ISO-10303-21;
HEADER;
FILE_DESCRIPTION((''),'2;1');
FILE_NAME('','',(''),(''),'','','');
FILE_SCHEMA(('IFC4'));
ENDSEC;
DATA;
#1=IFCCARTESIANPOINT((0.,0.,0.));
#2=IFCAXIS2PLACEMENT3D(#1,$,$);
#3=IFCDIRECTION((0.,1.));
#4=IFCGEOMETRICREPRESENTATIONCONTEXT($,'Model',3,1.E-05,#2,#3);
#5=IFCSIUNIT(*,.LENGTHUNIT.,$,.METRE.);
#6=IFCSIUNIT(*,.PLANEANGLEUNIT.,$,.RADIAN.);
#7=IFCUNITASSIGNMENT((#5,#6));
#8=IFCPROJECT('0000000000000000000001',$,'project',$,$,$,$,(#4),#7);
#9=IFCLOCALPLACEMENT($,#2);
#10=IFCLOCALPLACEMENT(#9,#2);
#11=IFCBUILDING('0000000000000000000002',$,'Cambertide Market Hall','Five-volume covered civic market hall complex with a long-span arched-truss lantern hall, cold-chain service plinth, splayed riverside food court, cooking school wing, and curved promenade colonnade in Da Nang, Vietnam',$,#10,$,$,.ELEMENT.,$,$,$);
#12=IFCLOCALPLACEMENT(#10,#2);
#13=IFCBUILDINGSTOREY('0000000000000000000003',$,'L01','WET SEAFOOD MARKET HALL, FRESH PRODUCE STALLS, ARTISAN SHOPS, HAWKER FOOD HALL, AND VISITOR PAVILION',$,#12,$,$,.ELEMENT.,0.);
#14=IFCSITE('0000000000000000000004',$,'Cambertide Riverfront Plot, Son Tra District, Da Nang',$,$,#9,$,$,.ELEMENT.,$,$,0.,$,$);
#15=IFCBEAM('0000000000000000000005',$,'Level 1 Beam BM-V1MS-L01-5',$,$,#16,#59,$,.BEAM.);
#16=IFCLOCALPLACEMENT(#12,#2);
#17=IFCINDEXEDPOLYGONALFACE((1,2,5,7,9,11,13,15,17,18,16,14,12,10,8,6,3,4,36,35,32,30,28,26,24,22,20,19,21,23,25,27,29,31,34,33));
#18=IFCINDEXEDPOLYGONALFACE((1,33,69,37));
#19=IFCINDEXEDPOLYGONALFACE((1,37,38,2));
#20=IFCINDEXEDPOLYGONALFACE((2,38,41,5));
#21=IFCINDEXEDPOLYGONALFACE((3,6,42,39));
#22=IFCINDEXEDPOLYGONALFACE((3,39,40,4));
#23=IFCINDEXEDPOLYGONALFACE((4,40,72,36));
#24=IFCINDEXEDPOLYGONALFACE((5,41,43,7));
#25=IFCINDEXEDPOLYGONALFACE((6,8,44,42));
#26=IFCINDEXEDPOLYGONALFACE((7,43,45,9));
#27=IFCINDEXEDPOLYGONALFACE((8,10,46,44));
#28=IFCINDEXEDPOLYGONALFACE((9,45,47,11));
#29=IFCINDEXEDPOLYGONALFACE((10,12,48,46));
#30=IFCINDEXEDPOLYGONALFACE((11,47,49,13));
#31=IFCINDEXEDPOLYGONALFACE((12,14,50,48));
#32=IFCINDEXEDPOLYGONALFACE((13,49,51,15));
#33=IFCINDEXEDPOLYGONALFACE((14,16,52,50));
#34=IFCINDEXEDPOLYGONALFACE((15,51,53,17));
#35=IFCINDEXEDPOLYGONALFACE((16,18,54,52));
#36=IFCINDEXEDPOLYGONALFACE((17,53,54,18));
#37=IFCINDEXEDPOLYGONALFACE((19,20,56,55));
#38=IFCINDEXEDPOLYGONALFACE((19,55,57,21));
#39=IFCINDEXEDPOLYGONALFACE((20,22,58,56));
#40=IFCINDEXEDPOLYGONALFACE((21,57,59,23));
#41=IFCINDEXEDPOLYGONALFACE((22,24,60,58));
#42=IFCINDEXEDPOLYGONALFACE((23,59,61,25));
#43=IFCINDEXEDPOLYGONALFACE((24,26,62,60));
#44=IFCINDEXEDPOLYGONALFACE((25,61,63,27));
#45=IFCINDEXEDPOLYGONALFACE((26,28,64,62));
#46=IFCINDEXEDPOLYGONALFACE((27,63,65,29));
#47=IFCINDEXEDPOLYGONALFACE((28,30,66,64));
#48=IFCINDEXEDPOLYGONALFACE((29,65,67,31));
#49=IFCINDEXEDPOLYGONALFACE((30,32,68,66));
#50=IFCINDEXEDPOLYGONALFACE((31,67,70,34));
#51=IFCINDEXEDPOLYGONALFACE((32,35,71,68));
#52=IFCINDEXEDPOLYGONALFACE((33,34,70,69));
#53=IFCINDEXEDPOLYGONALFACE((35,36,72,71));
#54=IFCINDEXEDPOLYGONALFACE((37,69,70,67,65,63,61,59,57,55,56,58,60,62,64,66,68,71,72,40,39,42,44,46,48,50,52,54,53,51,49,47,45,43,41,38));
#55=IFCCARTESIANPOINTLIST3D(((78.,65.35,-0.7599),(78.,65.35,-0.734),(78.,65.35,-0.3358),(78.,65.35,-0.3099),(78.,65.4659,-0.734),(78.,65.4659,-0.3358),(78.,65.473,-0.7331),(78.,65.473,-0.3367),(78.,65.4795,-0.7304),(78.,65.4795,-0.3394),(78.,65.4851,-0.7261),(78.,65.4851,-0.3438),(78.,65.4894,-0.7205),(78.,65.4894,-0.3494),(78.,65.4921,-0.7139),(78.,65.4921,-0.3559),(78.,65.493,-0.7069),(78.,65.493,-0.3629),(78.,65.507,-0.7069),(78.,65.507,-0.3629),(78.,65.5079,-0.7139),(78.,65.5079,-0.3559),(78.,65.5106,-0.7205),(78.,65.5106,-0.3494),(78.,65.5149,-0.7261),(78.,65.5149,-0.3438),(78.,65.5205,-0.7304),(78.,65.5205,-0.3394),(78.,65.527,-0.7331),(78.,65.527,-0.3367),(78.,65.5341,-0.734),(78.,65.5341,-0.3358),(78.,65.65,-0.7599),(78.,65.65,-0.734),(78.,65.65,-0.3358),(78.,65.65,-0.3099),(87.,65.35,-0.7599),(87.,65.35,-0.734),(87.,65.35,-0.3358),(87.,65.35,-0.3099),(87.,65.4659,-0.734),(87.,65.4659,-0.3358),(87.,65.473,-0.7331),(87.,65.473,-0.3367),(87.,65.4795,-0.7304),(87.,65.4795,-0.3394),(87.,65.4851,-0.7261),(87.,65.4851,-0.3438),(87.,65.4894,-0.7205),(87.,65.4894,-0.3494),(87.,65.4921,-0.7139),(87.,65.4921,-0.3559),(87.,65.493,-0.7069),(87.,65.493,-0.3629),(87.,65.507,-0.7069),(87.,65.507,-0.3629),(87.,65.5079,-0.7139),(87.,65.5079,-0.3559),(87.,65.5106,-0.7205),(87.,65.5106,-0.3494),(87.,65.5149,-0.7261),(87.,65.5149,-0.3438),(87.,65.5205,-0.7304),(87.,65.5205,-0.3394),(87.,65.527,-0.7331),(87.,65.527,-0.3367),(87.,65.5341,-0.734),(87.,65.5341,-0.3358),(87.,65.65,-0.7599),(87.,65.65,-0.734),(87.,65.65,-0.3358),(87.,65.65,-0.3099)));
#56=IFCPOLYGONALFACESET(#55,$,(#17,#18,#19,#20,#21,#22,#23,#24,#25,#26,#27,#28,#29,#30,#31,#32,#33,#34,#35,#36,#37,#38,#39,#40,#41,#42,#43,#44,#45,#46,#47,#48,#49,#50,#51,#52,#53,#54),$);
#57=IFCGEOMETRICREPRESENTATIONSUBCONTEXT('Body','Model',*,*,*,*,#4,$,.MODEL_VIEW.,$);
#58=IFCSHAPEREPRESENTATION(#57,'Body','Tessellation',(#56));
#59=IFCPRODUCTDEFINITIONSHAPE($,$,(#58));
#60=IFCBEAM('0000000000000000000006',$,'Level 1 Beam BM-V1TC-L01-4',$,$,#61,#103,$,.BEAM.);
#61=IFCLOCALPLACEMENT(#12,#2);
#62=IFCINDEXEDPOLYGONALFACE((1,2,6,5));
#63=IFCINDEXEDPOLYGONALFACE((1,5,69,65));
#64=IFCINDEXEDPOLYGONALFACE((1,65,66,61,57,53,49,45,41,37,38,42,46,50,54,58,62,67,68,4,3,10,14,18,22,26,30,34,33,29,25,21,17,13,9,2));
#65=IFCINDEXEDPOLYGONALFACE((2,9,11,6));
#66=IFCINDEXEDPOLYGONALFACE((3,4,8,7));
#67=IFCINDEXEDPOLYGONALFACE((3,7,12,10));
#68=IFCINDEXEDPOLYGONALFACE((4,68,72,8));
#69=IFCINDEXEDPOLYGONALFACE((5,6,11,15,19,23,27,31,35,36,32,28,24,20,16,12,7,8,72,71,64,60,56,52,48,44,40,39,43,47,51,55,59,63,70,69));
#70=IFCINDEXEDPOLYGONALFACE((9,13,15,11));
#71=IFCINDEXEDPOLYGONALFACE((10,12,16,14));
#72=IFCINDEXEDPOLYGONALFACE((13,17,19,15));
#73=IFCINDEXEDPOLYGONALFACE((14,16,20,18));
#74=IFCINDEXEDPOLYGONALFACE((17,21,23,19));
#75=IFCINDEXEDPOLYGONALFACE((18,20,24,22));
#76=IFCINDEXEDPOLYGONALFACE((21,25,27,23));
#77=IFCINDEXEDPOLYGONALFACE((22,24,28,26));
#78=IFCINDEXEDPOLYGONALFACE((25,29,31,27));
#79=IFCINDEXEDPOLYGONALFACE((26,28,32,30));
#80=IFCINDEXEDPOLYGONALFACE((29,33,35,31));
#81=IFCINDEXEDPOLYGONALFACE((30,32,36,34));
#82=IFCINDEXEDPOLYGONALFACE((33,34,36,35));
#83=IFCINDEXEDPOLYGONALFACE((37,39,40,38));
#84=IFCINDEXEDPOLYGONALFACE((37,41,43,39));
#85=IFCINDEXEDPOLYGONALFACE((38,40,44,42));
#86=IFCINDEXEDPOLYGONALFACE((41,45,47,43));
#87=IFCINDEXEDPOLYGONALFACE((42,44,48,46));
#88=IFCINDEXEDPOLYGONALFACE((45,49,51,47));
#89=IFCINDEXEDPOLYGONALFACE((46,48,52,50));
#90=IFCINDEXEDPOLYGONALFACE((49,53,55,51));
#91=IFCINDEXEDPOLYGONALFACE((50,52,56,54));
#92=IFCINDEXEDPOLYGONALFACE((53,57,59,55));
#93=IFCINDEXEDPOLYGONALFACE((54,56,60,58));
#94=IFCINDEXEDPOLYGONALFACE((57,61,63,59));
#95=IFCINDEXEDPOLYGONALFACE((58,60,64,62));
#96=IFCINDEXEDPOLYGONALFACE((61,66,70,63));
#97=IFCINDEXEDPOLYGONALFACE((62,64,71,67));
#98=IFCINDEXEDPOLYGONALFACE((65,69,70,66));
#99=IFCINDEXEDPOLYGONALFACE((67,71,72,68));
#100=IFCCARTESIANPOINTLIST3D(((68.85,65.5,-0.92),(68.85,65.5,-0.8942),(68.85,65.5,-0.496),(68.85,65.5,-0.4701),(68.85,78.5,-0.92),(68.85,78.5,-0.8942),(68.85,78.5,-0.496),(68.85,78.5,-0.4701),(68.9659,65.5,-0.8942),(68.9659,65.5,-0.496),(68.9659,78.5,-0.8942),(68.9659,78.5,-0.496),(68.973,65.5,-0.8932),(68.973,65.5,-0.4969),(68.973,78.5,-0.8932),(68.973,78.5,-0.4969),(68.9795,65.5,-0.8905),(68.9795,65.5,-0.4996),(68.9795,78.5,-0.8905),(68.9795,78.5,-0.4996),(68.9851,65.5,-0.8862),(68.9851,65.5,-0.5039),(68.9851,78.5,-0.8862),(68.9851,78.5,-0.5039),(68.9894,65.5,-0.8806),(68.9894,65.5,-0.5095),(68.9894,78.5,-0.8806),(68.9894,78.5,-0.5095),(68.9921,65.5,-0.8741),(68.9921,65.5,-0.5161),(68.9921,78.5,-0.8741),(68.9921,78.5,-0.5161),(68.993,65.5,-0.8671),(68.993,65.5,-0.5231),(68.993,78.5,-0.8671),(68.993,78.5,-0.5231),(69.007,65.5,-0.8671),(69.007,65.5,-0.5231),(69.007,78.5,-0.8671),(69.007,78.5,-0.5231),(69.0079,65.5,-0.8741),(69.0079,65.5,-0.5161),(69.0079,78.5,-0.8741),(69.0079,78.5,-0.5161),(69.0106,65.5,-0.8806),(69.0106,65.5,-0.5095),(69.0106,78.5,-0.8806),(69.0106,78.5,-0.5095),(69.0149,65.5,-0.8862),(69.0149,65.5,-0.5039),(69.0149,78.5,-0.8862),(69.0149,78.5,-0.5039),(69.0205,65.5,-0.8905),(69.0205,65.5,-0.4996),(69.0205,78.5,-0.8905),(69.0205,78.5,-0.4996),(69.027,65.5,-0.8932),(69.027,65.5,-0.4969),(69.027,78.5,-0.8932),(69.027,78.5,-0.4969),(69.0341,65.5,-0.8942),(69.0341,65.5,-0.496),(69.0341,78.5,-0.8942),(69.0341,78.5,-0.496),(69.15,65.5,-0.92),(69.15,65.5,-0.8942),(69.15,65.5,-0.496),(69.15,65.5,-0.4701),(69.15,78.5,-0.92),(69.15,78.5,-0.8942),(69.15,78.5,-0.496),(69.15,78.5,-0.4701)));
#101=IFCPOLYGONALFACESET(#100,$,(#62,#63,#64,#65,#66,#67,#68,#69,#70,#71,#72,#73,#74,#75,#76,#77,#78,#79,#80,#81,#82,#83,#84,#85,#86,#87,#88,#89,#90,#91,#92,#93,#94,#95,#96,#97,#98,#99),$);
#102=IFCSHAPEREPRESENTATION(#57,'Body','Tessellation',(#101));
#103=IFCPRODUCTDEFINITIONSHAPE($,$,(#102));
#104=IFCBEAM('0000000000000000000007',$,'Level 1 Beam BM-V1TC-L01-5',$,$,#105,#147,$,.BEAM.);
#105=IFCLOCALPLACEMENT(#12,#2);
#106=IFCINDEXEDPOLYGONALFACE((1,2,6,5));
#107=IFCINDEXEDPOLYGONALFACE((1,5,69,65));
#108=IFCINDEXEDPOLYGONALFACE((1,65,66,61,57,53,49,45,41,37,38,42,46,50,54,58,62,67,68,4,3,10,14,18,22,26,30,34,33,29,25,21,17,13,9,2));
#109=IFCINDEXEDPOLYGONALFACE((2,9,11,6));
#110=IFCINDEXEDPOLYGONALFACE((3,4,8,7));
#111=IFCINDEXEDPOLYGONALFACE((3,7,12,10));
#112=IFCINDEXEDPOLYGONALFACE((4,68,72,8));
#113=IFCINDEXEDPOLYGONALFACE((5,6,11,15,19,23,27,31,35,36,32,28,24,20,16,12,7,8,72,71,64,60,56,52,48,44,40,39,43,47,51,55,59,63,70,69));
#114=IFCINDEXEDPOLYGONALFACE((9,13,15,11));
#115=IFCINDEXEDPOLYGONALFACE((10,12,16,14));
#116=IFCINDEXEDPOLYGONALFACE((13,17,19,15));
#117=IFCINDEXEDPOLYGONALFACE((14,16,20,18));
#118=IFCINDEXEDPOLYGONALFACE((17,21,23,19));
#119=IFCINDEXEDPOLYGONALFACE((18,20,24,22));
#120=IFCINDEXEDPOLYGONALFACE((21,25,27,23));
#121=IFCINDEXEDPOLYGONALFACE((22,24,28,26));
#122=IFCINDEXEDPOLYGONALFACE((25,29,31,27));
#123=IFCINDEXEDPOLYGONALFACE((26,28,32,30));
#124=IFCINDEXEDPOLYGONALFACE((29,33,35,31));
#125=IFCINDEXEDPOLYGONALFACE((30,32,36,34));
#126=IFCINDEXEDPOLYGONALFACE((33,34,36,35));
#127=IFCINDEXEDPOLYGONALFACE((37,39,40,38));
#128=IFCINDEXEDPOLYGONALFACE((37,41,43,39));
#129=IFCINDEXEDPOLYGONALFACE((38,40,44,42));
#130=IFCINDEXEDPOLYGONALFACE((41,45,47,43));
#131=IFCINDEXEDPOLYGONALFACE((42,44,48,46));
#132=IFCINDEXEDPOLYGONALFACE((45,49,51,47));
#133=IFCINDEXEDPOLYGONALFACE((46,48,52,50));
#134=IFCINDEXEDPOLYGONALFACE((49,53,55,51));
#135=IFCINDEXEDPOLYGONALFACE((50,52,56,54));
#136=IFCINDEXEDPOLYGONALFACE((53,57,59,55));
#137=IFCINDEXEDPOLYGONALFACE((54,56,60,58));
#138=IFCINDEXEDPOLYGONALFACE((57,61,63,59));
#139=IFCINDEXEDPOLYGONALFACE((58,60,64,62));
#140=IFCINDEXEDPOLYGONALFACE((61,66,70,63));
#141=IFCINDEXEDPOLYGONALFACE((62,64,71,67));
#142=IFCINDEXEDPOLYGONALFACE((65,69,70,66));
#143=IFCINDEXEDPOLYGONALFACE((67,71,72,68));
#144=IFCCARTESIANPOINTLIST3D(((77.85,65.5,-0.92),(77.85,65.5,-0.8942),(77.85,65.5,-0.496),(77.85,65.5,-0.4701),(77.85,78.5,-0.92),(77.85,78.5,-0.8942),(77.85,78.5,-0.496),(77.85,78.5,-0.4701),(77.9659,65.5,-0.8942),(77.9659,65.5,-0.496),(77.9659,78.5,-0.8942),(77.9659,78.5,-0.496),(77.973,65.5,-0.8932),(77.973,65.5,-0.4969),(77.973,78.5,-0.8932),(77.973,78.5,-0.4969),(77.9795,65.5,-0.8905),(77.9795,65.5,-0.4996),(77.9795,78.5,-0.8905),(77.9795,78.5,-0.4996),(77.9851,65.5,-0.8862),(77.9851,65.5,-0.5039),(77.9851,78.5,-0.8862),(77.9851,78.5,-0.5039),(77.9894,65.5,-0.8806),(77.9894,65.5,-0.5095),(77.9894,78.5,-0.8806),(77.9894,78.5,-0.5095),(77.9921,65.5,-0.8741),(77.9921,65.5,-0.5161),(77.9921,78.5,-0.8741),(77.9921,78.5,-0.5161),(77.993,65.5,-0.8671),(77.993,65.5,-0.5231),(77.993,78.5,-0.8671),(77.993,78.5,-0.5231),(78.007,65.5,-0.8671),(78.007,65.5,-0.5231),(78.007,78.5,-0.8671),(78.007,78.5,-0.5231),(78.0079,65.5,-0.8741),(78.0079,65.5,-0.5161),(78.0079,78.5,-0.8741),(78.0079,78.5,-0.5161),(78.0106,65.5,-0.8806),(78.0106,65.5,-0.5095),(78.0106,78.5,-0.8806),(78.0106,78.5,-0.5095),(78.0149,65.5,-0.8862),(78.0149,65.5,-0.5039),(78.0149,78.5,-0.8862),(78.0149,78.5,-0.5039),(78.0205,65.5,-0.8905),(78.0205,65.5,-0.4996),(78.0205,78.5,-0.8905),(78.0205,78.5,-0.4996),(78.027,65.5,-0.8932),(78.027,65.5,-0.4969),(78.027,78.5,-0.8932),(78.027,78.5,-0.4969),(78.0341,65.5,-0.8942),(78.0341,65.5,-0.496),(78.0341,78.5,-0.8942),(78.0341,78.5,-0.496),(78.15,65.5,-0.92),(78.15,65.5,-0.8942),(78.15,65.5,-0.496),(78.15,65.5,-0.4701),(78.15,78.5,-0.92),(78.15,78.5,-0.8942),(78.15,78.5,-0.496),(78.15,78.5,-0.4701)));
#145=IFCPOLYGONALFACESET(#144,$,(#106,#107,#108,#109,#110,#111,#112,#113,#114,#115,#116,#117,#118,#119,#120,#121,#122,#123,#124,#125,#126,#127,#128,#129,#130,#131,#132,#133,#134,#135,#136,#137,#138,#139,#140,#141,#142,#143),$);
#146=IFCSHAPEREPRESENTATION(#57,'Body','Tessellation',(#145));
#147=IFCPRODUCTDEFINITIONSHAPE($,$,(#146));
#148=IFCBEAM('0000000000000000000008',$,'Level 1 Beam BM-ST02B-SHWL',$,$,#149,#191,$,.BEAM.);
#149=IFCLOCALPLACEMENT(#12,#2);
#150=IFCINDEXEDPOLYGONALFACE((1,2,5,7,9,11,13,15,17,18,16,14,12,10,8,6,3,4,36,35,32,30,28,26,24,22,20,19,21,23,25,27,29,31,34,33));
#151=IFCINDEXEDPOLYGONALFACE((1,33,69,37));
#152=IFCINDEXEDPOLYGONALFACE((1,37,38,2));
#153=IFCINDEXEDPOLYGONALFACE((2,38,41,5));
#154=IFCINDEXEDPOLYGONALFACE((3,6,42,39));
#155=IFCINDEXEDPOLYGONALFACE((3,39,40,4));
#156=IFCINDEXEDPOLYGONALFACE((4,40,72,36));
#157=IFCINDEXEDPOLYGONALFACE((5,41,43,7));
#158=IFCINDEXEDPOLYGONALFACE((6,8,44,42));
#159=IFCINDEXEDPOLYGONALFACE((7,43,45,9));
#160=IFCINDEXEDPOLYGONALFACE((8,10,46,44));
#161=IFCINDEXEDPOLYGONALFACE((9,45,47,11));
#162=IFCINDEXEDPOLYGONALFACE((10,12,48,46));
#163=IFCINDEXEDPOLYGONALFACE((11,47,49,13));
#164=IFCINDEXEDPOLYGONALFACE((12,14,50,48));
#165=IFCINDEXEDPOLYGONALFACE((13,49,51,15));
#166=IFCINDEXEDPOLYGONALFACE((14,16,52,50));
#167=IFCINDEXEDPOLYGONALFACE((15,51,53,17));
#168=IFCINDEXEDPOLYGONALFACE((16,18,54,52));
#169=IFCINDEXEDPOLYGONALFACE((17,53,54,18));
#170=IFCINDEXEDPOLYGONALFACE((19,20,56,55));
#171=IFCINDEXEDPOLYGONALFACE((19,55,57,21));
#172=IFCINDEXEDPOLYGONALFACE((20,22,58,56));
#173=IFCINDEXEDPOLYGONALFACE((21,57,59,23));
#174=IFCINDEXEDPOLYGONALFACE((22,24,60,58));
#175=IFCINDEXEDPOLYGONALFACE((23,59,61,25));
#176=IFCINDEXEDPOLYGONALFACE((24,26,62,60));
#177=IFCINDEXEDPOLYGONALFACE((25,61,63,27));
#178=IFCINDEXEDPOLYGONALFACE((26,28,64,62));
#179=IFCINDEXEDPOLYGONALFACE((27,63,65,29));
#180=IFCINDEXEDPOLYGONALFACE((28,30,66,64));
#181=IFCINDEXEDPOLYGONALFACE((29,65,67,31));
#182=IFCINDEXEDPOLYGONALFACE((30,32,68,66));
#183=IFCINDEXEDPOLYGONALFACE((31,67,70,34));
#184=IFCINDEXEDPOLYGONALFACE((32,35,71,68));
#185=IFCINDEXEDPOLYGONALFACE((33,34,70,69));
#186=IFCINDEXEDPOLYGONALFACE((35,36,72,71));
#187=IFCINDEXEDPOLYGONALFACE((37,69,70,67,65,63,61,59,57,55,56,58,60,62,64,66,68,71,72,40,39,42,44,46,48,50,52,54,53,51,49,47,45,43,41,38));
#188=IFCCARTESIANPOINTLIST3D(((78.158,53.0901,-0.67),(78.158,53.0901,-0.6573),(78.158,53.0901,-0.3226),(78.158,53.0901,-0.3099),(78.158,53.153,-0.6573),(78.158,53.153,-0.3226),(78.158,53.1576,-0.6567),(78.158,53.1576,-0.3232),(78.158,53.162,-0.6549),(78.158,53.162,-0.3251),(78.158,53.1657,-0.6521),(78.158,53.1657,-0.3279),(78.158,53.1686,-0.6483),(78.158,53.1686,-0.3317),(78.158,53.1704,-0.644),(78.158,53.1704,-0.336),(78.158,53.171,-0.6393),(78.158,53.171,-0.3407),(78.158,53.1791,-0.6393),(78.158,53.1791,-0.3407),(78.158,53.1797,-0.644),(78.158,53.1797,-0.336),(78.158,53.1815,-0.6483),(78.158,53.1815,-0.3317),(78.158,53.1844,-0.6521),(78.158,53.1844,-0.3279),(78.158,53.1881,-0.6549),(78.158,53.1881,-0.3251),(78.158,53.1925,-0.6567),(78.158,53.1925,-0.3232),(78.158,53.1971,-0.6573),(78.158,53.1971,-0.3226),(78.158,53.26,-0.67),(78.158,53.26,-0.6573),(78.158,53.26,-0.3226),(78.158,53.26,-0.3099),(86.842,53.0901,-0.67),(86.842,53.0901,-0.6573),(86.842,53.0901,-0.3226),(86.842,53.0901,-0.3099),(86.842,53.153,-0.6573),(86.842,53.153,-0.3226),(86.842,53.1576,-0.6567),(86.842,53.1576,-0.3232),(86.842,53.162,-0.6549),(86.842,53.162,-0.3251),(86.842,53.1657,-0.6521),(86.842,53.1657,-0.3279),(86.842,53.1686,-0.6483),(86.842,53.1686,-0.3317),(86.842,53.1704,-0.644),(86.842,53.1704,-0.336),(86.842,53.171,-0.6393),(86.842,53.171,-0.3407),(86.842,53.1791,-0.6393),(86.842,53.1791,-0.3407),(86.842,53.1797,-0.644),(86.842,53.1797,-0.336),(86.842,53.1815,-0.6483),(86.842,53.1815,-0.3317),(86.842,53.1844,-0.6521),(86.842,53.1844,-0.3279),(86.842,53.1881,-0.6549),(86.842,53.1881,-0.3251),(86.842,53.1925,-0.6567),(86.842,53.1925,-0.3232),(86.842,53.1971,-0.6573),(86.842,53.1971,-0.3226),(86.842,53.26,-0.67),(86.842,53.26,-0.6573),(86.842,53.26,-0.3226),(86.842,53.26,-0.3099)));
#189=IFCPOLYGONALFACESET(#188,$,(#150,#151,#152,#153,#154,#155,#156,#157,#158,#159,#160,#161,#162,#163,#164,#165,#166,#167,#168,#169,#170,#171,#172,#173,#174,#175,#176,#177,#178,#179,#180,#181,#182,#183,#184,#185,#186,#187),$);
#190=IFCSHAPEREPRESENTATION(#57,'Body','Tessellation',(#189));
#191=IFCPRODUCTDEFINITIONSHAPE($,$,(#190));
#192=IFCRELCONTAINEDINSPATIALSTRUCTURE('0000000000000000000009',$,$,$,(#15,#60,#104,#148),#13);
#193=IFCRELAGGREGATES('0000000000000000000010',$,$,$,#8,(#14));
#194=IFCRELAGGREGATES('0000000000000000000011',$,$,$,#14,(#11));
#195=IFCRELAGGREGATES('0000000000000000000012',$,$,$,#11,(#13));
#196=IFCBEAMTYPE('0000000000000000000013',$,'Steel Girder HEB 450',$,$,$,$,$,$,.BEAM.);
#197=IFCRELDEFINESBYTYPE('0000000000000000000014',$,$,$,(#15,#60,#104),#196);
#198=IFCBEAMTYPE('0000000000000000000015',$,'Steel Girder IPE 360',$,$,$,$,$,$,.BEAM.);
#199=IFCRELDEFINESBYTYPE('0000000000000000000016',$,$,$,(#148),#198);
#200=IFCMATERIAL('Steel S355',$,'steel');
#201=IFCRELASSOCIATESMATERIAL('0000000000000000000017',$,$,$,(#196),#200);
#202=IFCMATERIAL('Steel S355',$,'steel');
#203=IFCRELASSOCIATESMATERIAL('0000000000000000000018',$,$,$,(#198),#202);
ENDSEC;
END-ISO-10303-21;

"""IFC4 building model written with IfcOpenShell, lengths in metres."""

from ifc_helpers import new_model, si_unit, direction, frame, origin, origin_2d, place, context, subcontext, project, spatial, i_section, extrude, material, material_profile, profile_set, type_object, element, save


model = new_model("IFC4")

# Units and contexts
model_context = context("Model", 3, precision=1e-05, world=origin(), true_north=direction((0.0, 1.0)))
body_context = subcontext(model_context, "Body", "Model", "MODEL_VIEW")
ifc_project = project(units=[si_unit("LENGTHUNIT", "METRE"), si_unit("PLANEANGLEUNIT", "RADIAN")], contexts=[model_context])

# Site, building, storey
site_placement = place(None, origin())
site = spatial("IfcSite", under=ifc_project, at=site_placement, Name="Cambertide Riverfront Plot, Son Tra District, Da Nang", CompositionType="ELEMENT", RefElevation=0.0)
building_placement = place(site_placement, origin())
building = spatial("IfcBuilding", under=site, at=building_placement, Name="Cambertide Market Hall", Description="Five-volume covered civic market hall complex with a long-span arched-truss lantern hall, cold-chain service plinth, splayed riverside food court, cooking school wing, and curved promenade colonnade in Da Nang, Vietnam", CompositionType="ELEMENT")
storey_placement = place(building_placement, origin())
storey = spatial("IfcBuildingStorey", under=building, at=storey_placement, Name="L01", Description="WET SEAFOOD MARKET HALL, FRESH PRODUCE STALLS, ARTISAN SHOPS, HAWKER FOOD HALL, AND VISITOR PAVILION", CompositionType="ELEMENT", Elevation=0.0)

# Beams
ifc_material_1 = material(Name="Steel S355", Category="steel")
ifc_material_profile_1 = material_profile(ifc_material_1, i_section(OverallWidth=0.3, OverallDepth=0.45, WebThickness=0.0139, FlangeThickness=0.0259, FilletRadius=0.0271, at=origin_2d()), Name="HEB 450")
ifc_profile_set_1 = profile_set([ifc_material_profile_1], Name="Steel S355")
beam_type_1 = type_object("IfcBeamType", Name="Steel Girder HEB 450", PredefinedType="BEAM", material=ifc_profile_set_1)
for number, where, z_axis, x_axis, name in (
    (1, (78.0, 65.5, -0.5349), (1.0, 0.0, 0.0), (0.0, 1.0, 0.0), "Level 1 Beam BM-V1MS-L01-5"),
):
    element("IfcBeam", number, at=place(storey_placement, frame(where, z_axis=z_axis, x_axis=x_axis)), inside=storey, type_object=beam_type_1, Name=name, PredefinedType="BEAM", context=body_context, shape_type="SweptSolid", body=[
        extrude(i_section(OverallWidth=0.3, OverallDepth=0.45, WebThickness=0.0139, FlangeThickness=0.0259, FilletRadius=0.0271, at=origin_2d()), origin(), (0.0, 0.0, 1.0), 9.0),
    ])
for number, where, z_axis, x_axis, name in (
    (2, (69.0, 65.5, -0.6951), (0.0, 1.0, 0.0), (-1.0, 0.0, 0.0), "Level 1 Beam BM-V1TC-L01-4"),
    (3, (78.0, 65.5, -0.6951), (0.0, 1.0, 0.0), (-1.0, 0.0, 0.0), "Level 1 Beam BM-V1TC-L01-5"),
):
    element("IfcBeam", number, at=place(storey_placement, frame(where, z_axis=z_axis, x_axis=x_axis)), inside=storey, type_object=beam_type_1, Name=name, PredefinedType="BEAM", context=body_context, shape_type="SweptSolid", body=[
        extrude(i_section(OverallWidth=0.3, OverallDepth=0.45, WebThickness=0.0139, FlangeThickness=0.0259, FilletRadius=0.0271, at=origin_2d()), origin(), (0.0, 0.0, 1.0), 13.0),
    ])
ifc_material_2 = material(Name="Steel S355", Category="steel")
ifc_material_profile_2 = material_profile(ifc_material_2, i_section(OverallWidth=0.1699, OverallDepth=0.3601, WebThickness=0.0081, FlangeThickness=0.0127, FilletRadius=0.0181, at=origin_2d()), Name="IPE 360")
ifc_profile_set_2 = profile_set([ifc_material_profile_2], Name="Steel S355")
beam_type_2 = type_object("IfcBeamType", Name="Steel Girder IPE 360", PredefinedType="BEAM", material=ifc_profile_set_2)
for number, where, z_axis, x_axis, name in (
    (4, (78.158, 53.175, -0.49), (1.0, 0.0, 0.0), (0.0, 1.0, 0.0), "Level 1 Beam BM-ST02B-SHWL"),
):
    element("IfcBeam", number, at=place(storey_placement, frame(where, z_axis=z_axis, x_axis=x_axis)), inside=storey, type_object=beam_type_2, Name=name, PredefinedType="BEAM", context=body_context, shape_type="SweptSolid", body=[
        extrude(i_section(OverallWidth=0.1699, OverallDepth=0.3601, WebThickness=0.0081, FlangeThickness=0.0127, FilletRadius=0.0181, at=origin_2d()), origin(), (0.0, 0.0, 1.0), 8.6841),
    ])

save(model, "model.ifc")
